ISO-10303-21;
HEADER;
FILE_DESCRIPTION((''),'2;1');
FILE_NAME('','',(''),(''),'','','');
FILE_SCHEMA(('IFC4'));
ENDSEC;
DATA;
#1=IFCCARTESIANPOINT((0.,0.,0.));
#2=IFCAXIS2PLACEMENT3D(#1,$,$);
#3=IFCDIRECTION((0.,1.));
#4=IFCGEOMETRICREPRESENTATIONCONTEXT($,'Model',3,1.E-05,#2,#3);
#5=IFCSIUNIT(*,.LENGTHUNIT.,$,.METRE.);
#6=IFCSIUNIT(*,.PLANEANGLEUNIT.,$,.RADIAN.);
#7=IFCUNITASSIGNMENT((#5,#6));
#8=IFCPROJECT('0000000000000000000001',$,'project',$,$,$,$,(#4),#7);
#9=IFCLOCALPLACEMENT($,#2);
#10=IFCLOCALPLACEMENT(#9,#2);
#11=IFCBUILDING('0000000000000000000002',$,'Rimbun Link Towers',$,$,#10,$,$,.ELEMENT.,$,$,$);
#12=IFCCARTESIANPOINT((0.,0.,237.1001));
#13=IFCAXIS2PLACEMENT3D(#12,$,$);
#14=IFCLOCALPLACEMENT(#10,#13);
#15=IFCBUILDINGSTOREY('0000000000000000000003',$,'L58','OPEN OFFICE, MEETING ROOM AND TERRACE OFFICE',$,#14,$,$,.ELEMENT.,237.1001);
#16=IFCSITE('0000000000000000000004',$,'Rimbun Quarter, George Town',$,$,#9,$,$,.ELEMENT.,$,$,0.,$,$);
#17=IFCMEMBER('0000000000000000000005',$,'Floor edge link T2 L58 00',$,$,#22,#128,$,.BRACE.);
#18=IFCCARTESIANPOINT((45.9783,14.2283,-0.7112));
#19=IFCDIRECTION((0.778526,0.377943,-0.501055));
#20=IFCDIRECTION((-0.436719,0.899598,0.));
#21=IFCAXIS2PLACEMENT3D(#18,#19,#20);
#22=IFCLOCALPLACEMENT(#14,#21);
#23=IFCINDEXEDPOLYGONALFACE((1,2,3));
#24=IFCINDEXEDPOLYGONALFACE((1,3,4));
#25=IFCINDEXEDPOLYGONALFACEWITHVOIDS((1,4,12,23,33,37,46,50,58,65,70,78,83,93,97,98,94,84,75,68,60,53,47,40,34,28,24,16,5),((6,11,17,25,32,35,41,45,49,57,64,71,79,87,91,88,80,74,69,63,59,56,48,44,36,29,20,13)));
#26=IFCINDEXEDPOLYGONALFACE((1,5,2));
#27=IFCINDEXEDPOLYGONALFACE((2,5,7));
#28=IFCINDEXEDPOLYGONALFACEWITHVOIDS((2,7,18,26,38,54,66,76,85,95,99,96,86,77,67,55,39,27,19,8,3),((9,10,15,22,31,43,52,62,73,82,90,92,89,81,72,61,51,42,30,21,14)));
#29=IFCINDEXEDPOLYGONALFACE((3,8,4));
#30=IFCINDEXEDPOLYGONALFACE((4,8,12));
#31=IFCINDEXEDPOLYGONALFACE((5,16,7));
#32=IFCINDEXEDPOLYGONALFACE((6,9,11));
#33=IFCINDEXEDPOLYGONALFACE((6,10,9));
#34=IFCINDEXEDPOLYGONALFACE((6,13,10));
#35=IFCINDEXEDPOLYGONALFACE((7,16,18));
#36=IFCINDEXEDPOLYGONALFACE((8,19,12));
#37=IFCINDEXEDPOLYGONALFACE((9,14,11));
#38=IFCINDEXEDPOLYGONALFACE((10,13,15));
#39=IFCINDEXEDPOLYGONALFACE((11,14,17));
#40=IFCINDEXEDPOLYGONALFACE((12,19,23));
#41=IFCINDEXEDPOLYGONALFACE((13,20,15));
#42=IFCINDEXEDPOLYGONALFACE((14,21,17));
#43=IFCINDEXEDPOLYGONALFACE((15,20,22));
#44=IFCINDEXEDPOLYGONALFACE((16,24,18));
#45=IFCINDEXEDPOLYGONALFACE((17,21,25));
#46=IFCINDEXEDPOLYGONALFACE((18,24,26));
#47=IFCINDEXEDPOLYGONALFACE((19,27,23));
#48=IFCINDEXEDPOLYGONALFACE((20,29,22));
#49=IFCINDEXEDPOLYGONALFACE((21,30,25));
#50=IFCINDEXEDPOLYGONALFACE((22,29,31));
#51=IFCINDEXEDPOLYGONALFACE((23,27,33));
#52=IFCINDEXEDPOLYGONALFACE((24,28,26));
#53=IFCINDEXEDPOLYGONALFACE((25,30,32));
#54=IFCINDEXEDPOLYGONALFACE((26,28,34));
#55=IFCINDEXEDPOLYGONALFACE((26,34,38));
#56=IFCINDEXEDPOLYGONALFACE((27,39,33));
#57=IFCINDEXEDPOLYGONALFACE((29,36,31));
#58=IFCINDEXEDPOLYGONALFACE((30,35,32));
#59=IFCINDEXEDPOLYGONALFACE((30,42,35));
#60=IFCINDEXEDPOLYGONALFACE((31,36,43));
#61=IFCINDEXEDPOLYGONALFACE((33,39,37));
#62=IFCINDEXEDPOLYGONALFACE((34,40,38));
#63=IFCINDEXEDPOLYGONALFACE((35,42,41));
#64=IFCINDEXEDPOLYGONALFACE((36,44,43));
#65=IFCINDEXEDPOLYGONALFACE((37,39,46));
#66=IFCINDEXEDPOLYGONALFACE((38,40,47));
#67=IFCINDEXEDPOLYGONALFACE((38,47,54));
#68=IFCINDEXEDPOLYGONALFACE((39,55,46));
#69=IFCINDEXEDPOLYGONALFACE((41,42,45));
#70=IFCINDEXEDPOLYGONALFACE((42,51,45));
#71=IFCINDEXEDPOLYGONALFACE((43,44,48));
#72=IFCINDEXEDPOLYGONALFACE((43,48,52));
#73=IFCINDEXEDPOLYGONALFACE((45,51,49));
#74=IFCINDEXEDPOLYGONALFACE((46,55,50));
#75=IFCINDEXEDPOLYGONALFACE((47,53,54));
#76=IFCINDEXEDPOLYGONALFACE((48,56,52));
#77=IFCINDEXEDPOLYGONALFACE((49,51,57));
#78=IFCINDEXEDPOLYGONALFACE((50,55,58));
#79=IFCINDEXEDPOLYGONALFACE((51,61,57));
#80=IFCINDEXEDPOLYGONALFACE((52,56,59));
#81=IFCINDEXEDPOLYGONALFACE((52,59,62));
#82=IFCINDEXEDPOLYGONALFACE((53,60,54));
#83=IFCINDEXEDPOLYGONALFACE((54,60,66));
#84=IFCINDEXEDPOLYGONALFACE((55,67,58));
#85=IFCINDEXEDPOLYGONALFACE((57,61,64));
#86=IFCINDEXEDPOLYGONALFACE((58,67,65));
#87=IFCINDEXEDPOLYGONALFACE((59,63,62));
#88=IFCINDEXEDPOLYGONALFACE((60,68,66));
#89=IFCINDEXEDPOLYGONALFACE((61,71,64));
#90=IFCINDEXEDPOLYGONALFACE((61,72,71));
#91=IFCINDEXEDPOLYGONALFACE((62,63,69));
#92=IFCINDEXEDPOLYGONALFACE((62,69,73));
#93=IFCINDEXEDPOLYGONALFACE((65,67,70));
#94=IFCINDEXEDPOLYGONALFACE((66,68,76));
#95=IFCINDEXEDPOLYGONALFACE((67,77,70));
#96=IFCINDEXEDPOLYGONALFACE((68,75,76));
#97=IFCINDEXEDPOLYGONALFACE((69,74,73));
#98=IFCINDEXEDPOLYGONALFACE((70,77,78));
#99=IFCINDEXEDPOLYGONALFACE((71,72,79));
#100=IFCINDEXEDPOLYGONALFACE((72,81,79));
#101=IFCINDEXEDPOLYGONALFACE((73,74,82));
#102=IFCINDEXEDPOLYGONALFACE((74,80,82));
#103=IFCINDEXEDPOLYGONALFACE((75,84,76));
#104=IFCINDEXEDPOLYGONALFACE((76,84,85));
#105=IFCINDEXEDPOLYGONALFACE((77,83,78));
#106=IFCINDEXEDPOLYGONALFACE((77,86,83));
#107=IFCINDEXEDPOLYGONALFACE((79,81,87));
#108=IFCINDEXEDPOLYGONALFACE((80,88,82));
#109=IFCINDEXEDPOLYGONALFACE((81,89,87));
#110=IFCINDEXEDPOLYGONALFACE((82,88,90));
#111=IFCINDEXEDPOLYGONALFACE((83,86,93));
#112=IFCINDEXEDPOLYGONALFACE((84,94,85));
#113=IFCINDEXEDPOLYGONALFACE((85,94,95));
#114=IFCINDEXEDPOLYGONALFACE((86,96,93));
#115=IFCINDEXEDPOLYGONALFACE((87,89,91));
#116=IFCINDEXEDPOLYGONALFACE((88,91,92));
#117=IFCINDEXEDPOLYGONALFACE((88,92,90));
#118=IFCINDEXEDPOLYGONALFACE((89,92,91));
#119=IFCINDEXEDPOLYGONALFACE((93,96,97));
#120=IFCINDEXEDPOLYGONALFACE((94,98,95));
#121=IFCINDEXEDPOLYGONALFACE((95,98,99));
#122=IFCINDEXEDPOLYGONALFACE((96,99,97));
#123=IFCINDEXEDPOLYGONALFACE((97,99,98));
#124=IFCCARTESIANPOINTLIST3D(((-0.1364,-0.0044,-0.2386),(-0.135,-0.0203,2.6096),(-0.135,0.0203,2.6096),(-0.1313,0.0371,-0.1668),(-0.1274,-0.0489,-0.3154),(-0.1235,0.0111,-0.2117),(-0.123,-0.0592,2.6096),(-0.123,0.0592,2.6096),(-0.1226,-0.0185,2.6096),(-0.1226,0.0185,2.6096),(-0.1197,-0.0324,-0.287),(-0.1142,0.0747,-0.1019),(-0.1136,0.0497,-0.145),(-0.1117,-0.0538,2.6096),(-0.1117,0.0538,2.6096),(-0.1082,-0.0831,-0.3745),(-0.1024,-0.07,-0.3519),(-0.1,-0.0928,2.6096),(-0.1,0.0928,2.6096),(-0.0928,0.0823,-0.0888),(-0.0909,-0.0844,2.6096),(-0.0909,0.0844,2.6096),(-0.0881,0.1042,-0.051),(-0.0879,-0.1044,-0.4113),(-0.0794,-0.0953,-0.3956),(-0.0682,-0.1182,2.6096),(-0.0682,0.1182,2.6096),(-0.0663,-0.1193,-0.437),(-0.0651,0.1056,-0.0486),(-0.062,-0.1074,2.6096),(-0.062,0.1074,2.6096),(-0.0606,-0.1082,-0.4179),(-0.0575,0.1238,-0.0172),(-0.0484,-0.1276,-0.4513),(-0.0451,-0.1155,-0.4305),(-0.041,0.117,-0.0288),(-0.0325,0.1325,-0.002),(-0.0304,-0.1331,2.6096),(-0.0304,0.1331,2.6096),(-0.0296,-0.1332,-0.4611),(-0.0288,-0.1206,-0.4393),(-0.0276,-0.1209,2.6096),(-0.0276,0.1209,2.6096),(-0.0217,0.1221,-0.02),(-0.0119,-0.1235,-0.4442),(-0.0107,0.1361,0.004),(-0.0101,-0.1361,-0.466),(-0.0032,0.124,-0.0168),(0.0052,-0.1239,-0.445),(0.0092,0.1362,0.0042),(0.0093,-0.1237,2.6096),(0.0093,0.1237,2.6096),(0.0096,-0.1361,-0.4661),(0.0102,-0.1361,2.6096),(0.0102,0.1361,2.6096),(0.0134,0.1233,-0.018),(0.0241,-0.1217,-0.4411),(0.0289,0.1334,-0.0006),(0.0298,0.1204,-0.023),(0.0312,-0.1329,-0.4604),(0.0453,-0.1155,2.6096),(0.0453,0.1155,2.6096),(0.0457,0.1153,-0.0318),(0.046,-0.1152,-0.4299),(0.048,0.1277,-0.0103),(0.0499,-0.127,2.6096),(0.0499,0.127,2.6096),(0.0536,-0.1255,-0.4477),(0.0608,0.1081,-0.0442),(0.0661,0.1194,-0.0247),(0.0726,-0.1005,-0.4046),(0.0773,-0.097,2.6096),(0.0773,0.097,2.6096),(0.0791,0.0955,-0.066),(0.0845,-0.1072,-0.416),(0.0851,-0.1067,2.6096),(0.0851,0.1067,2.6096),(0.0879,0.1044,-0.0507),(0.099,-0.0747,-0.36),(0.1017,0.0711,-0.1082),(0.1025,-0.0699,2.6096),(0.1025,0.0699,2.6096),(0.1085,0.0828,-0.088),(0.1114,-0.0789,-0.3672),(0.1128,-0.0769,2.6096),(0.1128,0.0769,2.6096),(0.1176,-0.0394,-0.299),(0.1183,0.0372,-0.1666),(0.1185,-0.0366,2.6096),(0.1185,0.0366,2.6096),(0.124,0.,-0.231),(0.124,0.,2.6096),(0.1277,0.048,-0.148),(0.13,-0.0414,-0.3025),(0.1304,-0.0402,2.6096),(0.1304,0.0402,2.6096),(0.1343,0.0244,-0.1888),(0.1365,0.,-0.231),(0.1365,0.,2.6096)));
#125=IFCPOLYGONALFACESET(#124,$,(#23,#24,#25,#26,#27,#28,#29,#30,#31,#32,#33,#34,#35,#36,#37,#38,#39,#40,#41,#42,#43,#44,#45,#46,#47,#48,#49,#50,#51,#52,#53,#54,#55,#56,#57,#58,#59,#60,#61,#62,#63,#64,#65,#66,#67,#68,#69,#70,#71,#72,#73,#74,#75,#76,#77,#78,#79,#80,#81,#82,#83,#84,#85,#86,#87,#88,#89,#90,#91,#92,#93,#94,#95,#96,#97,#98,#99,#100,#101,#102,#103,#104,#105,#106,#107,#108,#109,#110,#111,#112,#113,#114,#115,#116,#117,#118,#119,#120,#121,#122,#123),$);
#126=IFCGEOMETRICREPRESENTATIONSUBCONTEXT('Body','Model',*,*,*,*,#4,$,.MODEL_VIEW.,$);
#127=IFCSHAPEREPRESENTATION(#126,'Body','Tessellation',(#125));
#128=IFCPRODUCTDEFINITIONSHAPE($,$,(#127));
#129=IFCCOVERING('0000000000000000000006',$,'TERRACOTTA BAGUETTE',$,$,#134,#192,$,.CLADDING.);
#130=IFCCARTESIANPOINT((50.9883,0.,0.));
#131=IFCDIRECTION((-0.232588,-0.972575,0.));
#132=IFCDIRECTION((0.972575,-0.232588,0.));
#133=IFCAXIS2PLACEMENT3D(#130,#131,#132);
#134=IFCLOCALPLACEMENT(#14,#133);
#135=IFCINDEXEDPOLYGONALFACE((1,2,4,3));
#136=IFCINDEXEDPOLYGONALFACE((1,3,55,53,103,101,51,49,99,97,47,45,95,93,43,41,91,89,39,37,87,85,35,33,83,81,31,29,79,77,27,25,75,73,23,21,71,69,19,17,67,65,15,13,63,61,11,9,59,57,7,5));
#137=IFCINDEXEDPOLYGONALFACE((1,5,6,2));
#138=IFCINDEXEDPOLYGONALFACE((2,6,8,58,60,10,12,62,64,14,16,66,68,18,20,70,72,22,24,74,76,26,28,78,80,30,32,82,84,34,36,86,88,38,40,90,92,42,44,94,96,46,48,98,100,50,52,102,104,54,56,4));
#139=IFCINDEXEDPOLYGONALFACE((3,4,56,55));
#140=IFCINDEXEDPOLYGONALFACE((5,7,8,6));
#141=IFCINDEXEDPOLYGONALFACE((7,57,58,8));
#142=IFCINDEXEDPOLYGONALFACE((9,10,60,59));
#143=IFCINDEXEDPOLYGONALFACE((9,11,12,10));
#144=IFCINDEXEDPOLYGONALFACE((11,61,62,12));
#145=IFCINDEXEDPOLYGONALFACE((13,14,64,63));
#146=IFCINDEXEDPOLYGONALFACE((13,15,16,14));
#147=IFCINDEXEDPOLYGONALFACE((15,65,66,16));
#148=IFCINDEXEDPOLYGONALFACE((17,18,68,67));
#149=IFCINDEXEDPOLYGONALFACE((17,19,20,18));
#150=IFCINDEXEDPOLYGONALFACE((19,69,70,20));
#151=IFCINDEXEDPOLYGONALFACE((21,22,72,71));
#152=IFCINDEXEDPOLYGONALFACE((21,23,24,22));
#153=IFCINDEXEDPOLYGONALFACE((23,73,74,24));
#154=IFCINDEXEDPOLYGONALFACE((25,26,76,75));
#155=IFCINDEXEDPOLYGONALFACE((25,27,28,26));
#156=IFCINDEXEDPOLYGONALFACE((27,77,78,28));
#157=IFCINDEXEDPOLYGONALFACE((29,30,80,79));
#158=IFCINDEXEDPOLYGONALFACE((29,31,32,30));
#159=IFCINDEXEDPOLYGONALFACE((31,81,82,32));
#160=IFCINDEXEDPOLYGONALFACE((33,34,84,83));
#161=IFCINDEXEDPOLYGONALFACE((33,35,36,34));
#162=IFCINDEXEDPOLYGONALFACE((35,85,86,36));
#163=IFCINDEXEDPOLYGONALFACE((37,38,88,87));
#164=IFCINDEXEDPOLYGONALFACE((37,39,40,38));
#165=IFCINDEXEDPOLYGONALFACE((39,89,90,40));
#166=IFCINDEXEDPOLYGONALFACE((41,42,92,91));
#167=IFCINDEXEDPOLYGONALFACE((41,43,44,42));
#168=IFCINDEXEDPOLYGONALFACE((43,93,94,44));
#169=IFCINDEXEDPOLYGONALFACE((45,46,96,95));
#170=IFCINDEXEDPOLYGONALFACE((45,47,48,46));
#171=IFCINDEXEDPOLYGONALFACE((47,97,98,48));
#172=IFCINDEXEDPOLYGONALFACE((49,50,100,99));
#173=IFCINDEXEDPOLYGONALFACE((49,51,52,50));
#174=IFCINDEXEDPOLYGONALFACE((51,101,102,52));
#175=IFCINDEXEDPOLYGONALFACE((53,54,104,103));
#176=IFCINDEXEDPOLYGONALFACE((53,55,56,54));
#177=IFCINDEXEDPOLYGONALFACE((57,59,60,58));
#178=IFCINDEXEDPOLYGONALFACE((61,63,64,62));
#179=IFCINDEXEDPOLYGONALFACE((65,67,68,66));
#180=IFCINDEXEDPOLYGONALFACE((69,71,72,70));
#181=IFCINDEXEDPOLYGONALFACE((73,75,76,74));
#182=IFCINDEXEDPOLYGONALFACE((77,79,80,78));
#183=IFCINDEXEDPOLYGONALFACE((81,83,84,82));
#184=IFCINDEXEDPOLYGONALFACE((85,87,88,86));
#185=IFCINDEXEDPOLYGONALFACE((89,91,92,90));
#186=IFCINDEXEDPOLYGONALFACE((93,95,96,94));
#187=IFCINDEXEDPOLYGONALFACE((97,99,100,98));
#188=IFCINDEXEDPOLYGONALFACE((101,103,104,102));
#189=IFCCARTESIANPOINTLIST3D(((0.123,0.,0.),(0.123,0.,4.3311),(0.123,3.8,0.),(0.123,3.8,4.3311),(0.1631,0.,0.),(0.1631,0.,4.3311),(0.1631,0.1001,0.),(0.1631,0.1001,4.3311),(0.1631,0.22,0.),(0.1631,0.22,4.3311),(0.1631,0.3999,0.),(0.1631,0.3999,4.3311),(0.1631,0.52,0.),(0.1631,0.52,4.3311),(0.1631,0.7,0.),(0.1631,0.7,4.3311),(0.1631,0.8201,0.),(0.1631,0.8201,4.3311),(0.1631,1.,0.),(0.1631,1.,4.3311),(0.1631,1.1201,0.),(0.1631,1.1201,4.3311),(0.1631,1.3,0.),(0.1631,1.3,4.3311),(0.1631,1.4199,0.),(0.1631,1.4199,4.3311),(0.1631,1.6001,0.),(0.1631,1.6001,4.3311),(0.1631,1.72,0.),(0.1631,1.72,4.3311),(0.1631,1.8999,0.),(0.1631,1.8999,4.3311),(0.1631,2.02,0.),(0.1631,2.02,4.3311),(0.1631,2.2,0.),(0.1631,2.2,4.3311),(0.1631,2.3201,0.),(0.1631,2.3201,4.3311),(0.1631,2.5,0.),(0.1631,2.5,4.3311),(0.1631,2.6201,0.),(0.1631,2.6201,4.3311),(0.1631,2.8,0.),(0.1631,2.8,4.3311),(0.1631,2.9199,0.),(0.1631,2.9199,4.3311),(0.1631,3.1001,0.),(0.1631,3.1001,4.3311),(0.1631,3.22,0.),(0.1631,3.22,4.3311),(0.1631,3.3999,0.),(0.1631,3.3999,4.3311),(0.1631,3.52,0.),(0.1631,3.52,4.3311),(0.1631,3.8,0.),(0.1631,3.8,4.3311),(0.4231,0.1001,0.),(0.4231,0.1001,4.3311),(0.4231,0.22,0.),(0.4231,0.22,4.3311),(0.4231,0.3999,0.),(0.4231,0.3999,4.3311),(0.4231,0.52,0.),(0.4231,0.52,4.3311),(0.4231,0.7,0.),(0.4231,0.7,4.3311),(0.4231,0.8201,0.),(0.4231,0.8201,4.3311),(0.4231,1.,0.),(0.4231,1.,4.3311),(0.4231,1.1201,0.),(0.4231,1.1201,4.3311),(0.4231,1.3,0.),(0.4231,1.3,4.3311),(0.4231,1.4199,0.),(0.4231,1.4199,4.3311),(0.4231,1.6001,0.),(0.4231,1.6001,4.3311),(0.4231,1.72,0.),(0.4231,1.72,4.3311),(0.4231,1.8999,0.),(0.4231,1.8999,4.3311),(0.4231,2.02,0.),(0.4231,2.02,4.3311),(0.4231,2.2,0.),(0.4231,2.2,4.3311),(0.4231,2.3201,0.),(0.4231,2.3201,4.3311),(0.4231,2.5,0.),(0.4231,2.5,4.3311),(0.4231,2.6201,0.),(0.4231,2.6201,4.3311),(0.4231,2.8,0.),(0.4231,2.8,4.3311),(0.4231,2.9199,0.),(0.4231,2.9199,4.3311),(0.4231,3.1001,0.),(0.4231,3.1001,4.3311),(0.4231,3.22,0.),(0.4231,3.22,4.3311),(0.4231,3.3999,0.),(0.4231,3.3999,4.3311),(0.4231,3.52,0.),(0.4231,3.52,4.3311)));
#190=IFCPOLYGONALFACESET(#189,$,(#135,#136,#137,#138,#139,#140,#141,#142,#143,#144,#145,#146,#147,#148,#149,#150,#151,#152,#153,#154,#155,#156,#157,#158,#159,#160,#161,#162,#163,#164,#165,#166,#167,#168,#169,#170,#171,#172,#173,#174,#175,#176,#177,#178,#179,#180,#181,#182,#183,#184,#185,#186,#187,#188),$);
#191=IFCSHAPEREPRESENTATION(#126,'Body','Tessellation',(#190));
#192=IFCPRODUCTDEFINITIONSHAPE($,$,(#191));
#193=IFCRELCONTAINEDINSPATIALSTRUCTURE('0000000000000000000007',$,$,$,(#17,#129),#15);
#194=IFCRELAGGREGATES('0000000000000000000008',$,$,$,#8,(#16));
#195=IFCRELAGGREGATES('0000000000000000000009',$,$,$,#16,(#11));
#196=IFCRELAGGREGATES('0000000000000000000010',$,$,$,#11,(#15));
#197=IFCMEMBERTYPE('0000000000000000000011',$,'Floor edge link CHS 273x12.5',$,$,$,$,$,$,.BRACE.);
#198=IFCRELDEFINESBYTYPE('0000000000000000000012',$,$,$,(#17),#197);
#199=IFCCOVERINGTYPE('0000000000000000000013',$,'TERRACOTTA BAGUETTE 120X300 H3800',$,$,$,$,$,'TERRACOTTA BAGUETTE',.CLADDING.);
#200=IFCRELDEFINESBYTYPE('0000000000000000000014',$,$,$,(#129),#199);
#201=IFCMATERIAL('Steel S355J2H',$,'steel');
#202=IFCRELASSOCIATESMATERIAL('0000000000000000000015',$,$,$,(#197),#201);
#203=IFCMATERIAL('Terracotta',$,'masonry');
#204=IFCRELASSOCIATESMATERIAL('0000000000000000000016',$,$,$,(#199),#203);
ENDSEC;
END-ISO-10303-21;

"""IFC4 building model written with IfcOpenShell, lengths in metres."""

from ifc_helpers import new_model, si_unit, direction, frame, origin, origin_2d, place, context, subcontext, project, spatial, polyline, hollow_circle, outline, extrude, clip, halfspace, material, material_profile, profile_set, type_object, element, save


model = new_model("IFC4")

# Units and contexts
model_context = context("Model", 3, precision=1e-05, world=origin(), true_north=direction((0.0, 1.0)))
body_context = subcontext(model_context, "Body", "Model", "MODEL_VIEW")
ifc_project = project(units=[si_unit("LENGTHUNIT", "METRE"), si_unit("PLANEANGLEUNIT", "RADIAN")], contexts=[model_context])

# Site, building, storey
site_placement = place(None, origin())
site = spatial("IfcSite", under=ifc_project, at=site_placement, Name="Rimbun Quarter, George Town", CompositionType="ELEMENT", RefElevation=0.0)
building_placement = place(site_placement, origin())
building = spatial("IfcBuilding", under=site, at=building_placement, Name="Rimbun Link Towers", CompositionType="ELEMENT")
storey_placement = place(building_placement, frame((0.0, 0.0, 237.1001)))
storey = spatial("IfcBuildingStorey", under=building, at=storey_placement, Name="L58", Description="OPEN OFFICE, MEETING ROOM AND TERRACE OFFICE", CompositionType="ELEMENT", Elevation=237.1001)

# Member
ifc_material_1 = material(Name="Steel S355J2H", Category="steel")
ifc_material_profile_1 = material_profile(ifc_material_1, hollow_circle(Radius=0.1365, WallThickness=0.0125, at=origin_2d()), Name="CHS 273x12.5")
ifc_profile_set_1 = profile_set([ifc_material_profile_1], Name="Steel S355J2H")
member_type_1 = type_object("IfcMemberType", Name="Floor edge link CHS 273x12.5", PredefinedType="BRACE", material=ifc_profile_set_1)
member_1_placement = place(storey_placement, frame((45.9783, 14.2283, -0.7112), z_axis=(0.778526, 0.377943, -0.501055), x_axis=(-0.436719, 0.899598, 0.0)))
element("IfcMember", 1, at=member_1_placement, inside=storey, type_object=member_type_1, Name="Floor edge link T2 L58 00", PredefinedType="BRACE", context=body_context, shape_type="Clipping", body=[
    clip(extrude(hollow_circle(Radius=0.1365, WallThickness=0.0125, at=origin_2d()), frame((0.0, 0.0, -0.4915)), (0.0, 0.0, 1.0), 3.1011), halfspace(frame((0.0, 0.0, -0.231), z_axis=(0.0, 0.865415, -0.501055)), False)),
])

# Covering
ifc_material_2 = material(Name="Terracotta", Category="masonry")
ifc_material_profile_2 = material_profile(ifc_material_2, outline(polyline([(0.123, 0.0), (0.1631, 0.0), (0.1631, 0.1001), (0.4231, 0.1001), (0.4231, 0.22), (0.1631, 0.22), (0.1631, 0.3999), (0.4231, 0.3999), (0.4231, 0.52), (0.1631, 0.52), (0.1631, 0.7), (0.4231, 0.7), (0.4231, 0.8201), (0.1631, 0.8201), (0.1631, 1.0), (0.4231, 1.0), (0.4231, 1.1201), (0.1631, 1.1201), (0.1631, 1.3), (0.4231, 1.3), (0.4231, 1.4199), (0.1631, 1.4199), (0.1631, 1.6001), (0.4231, 1.6001), (0.4231, 1.72), (0.1631, 1.72), (0.1631, 1.8999), (0.4231, 1.8999), (0.4231, 2.02), (0.1631, 2.02), (0.1631, 2.2), (0.4231, 2.2), (0.4231, 2.3201), (0.1631, 2.3201), (0.1631, 2.5), (0.4231, 2.5), (0.4231, 2.6201), (0.1631, 2.6201), (0.1631, 2.8), (0.4231, 2.8), (0.4231, 2.9199), (0.1631, 2.9199), (0.1631, 3.1001), (0.4231, 3.1001), (0.4231, 3.22), (0.1631, 3.22), (0.1631, 3.3999), (0.4231, 3.3999), (0.4231, 3.52), (0.1631, 3.52), (0.1631, 3.8), (0.123, 3.8), (0.123, 0.0)])), Name="BAGUETTE 120X300")
ifc_profile_set_2 = profile_set([ifc_material_profile_2], Name="Terracotta")
covering_type = type_object("IfcCoveringType", Name="TERRACOTTA BAGUETTE 120X300 H3800", ElementType="TERRACOTTA BAGUETTE", PredefinedType="CLADDING", material=ifc_profile_set_2)
covering_1_placement = place(storey_placement, frame((50.9883, 0.0, 0.0), z_axis=(-0.232588, -0.972575, 0.0), x_axis=(0.972575, -0.232588, 0.0)))
element("IfcCovering", 2, at=covering_1_placement, inside=storey, type_object=covering_type, Name="TERRACOTTA BAGUETTE", PredefinedType="CLADDING", context=body_context, shape_type="SweptSolid", body=[
    extrude(outline(polyline([(0.123, 0.0), (0.1631, 0.0), (0.1631, 0.1001), (0.4231, 0.1001), (0.4231, 0.22), (0.1631, 0.22), (0.1631, 0.3999), (0.4231, 0.3999), (0.4231, 0.52), (0.1631, 0.52), (0.1631, 0.7), (0.4231, 0.7), (0.4231, 0.8201), (0.1631, 0.8201), (0.1631, 1.0), (0.4231, 1.0), (0.4231, 1.1201), (0.1631, 1.1201), (0.1631, 1.3), (0.4231, 1.3), (0.4231, 1.4199), (0.1631, 1.4199), (0.1631, 1.6001), (0.4231, 1.6001), (0.4231, 1.72), (0.1631, 1.72), (0.1631, 1.8999), (0.4231, 1.8999), (0.4231, 2.02), (0.1631, 2.02), (0.1631, 2.2), (0.4231, 2.2), (0.4231, 2.3201), (0.1631, 2.3201), (0.1631, 2.5), (0.4231, 2.5), (0.4231, 2.6201), (0.1631, 2.6201), (0.1631, 2.8), (0.4231, 2.8), (0.4231, 2.9199), (0.1631, 2.9199), (0.1631, 3.1001), (0.4231, 3.1001), (0.4231, 3.22), (0.1631, 3.22), (0.1631, 3.3999), (0.4231, 3.3999), (0.4231, 3.52), (0.1631, 3.52), (0.1631, 3.8), (0.123, 3.8), (0.123, 0.0)])), origin(), (0.0, 0.0, 1.0), 4.3311),
])

save(model, "model.ifc")
